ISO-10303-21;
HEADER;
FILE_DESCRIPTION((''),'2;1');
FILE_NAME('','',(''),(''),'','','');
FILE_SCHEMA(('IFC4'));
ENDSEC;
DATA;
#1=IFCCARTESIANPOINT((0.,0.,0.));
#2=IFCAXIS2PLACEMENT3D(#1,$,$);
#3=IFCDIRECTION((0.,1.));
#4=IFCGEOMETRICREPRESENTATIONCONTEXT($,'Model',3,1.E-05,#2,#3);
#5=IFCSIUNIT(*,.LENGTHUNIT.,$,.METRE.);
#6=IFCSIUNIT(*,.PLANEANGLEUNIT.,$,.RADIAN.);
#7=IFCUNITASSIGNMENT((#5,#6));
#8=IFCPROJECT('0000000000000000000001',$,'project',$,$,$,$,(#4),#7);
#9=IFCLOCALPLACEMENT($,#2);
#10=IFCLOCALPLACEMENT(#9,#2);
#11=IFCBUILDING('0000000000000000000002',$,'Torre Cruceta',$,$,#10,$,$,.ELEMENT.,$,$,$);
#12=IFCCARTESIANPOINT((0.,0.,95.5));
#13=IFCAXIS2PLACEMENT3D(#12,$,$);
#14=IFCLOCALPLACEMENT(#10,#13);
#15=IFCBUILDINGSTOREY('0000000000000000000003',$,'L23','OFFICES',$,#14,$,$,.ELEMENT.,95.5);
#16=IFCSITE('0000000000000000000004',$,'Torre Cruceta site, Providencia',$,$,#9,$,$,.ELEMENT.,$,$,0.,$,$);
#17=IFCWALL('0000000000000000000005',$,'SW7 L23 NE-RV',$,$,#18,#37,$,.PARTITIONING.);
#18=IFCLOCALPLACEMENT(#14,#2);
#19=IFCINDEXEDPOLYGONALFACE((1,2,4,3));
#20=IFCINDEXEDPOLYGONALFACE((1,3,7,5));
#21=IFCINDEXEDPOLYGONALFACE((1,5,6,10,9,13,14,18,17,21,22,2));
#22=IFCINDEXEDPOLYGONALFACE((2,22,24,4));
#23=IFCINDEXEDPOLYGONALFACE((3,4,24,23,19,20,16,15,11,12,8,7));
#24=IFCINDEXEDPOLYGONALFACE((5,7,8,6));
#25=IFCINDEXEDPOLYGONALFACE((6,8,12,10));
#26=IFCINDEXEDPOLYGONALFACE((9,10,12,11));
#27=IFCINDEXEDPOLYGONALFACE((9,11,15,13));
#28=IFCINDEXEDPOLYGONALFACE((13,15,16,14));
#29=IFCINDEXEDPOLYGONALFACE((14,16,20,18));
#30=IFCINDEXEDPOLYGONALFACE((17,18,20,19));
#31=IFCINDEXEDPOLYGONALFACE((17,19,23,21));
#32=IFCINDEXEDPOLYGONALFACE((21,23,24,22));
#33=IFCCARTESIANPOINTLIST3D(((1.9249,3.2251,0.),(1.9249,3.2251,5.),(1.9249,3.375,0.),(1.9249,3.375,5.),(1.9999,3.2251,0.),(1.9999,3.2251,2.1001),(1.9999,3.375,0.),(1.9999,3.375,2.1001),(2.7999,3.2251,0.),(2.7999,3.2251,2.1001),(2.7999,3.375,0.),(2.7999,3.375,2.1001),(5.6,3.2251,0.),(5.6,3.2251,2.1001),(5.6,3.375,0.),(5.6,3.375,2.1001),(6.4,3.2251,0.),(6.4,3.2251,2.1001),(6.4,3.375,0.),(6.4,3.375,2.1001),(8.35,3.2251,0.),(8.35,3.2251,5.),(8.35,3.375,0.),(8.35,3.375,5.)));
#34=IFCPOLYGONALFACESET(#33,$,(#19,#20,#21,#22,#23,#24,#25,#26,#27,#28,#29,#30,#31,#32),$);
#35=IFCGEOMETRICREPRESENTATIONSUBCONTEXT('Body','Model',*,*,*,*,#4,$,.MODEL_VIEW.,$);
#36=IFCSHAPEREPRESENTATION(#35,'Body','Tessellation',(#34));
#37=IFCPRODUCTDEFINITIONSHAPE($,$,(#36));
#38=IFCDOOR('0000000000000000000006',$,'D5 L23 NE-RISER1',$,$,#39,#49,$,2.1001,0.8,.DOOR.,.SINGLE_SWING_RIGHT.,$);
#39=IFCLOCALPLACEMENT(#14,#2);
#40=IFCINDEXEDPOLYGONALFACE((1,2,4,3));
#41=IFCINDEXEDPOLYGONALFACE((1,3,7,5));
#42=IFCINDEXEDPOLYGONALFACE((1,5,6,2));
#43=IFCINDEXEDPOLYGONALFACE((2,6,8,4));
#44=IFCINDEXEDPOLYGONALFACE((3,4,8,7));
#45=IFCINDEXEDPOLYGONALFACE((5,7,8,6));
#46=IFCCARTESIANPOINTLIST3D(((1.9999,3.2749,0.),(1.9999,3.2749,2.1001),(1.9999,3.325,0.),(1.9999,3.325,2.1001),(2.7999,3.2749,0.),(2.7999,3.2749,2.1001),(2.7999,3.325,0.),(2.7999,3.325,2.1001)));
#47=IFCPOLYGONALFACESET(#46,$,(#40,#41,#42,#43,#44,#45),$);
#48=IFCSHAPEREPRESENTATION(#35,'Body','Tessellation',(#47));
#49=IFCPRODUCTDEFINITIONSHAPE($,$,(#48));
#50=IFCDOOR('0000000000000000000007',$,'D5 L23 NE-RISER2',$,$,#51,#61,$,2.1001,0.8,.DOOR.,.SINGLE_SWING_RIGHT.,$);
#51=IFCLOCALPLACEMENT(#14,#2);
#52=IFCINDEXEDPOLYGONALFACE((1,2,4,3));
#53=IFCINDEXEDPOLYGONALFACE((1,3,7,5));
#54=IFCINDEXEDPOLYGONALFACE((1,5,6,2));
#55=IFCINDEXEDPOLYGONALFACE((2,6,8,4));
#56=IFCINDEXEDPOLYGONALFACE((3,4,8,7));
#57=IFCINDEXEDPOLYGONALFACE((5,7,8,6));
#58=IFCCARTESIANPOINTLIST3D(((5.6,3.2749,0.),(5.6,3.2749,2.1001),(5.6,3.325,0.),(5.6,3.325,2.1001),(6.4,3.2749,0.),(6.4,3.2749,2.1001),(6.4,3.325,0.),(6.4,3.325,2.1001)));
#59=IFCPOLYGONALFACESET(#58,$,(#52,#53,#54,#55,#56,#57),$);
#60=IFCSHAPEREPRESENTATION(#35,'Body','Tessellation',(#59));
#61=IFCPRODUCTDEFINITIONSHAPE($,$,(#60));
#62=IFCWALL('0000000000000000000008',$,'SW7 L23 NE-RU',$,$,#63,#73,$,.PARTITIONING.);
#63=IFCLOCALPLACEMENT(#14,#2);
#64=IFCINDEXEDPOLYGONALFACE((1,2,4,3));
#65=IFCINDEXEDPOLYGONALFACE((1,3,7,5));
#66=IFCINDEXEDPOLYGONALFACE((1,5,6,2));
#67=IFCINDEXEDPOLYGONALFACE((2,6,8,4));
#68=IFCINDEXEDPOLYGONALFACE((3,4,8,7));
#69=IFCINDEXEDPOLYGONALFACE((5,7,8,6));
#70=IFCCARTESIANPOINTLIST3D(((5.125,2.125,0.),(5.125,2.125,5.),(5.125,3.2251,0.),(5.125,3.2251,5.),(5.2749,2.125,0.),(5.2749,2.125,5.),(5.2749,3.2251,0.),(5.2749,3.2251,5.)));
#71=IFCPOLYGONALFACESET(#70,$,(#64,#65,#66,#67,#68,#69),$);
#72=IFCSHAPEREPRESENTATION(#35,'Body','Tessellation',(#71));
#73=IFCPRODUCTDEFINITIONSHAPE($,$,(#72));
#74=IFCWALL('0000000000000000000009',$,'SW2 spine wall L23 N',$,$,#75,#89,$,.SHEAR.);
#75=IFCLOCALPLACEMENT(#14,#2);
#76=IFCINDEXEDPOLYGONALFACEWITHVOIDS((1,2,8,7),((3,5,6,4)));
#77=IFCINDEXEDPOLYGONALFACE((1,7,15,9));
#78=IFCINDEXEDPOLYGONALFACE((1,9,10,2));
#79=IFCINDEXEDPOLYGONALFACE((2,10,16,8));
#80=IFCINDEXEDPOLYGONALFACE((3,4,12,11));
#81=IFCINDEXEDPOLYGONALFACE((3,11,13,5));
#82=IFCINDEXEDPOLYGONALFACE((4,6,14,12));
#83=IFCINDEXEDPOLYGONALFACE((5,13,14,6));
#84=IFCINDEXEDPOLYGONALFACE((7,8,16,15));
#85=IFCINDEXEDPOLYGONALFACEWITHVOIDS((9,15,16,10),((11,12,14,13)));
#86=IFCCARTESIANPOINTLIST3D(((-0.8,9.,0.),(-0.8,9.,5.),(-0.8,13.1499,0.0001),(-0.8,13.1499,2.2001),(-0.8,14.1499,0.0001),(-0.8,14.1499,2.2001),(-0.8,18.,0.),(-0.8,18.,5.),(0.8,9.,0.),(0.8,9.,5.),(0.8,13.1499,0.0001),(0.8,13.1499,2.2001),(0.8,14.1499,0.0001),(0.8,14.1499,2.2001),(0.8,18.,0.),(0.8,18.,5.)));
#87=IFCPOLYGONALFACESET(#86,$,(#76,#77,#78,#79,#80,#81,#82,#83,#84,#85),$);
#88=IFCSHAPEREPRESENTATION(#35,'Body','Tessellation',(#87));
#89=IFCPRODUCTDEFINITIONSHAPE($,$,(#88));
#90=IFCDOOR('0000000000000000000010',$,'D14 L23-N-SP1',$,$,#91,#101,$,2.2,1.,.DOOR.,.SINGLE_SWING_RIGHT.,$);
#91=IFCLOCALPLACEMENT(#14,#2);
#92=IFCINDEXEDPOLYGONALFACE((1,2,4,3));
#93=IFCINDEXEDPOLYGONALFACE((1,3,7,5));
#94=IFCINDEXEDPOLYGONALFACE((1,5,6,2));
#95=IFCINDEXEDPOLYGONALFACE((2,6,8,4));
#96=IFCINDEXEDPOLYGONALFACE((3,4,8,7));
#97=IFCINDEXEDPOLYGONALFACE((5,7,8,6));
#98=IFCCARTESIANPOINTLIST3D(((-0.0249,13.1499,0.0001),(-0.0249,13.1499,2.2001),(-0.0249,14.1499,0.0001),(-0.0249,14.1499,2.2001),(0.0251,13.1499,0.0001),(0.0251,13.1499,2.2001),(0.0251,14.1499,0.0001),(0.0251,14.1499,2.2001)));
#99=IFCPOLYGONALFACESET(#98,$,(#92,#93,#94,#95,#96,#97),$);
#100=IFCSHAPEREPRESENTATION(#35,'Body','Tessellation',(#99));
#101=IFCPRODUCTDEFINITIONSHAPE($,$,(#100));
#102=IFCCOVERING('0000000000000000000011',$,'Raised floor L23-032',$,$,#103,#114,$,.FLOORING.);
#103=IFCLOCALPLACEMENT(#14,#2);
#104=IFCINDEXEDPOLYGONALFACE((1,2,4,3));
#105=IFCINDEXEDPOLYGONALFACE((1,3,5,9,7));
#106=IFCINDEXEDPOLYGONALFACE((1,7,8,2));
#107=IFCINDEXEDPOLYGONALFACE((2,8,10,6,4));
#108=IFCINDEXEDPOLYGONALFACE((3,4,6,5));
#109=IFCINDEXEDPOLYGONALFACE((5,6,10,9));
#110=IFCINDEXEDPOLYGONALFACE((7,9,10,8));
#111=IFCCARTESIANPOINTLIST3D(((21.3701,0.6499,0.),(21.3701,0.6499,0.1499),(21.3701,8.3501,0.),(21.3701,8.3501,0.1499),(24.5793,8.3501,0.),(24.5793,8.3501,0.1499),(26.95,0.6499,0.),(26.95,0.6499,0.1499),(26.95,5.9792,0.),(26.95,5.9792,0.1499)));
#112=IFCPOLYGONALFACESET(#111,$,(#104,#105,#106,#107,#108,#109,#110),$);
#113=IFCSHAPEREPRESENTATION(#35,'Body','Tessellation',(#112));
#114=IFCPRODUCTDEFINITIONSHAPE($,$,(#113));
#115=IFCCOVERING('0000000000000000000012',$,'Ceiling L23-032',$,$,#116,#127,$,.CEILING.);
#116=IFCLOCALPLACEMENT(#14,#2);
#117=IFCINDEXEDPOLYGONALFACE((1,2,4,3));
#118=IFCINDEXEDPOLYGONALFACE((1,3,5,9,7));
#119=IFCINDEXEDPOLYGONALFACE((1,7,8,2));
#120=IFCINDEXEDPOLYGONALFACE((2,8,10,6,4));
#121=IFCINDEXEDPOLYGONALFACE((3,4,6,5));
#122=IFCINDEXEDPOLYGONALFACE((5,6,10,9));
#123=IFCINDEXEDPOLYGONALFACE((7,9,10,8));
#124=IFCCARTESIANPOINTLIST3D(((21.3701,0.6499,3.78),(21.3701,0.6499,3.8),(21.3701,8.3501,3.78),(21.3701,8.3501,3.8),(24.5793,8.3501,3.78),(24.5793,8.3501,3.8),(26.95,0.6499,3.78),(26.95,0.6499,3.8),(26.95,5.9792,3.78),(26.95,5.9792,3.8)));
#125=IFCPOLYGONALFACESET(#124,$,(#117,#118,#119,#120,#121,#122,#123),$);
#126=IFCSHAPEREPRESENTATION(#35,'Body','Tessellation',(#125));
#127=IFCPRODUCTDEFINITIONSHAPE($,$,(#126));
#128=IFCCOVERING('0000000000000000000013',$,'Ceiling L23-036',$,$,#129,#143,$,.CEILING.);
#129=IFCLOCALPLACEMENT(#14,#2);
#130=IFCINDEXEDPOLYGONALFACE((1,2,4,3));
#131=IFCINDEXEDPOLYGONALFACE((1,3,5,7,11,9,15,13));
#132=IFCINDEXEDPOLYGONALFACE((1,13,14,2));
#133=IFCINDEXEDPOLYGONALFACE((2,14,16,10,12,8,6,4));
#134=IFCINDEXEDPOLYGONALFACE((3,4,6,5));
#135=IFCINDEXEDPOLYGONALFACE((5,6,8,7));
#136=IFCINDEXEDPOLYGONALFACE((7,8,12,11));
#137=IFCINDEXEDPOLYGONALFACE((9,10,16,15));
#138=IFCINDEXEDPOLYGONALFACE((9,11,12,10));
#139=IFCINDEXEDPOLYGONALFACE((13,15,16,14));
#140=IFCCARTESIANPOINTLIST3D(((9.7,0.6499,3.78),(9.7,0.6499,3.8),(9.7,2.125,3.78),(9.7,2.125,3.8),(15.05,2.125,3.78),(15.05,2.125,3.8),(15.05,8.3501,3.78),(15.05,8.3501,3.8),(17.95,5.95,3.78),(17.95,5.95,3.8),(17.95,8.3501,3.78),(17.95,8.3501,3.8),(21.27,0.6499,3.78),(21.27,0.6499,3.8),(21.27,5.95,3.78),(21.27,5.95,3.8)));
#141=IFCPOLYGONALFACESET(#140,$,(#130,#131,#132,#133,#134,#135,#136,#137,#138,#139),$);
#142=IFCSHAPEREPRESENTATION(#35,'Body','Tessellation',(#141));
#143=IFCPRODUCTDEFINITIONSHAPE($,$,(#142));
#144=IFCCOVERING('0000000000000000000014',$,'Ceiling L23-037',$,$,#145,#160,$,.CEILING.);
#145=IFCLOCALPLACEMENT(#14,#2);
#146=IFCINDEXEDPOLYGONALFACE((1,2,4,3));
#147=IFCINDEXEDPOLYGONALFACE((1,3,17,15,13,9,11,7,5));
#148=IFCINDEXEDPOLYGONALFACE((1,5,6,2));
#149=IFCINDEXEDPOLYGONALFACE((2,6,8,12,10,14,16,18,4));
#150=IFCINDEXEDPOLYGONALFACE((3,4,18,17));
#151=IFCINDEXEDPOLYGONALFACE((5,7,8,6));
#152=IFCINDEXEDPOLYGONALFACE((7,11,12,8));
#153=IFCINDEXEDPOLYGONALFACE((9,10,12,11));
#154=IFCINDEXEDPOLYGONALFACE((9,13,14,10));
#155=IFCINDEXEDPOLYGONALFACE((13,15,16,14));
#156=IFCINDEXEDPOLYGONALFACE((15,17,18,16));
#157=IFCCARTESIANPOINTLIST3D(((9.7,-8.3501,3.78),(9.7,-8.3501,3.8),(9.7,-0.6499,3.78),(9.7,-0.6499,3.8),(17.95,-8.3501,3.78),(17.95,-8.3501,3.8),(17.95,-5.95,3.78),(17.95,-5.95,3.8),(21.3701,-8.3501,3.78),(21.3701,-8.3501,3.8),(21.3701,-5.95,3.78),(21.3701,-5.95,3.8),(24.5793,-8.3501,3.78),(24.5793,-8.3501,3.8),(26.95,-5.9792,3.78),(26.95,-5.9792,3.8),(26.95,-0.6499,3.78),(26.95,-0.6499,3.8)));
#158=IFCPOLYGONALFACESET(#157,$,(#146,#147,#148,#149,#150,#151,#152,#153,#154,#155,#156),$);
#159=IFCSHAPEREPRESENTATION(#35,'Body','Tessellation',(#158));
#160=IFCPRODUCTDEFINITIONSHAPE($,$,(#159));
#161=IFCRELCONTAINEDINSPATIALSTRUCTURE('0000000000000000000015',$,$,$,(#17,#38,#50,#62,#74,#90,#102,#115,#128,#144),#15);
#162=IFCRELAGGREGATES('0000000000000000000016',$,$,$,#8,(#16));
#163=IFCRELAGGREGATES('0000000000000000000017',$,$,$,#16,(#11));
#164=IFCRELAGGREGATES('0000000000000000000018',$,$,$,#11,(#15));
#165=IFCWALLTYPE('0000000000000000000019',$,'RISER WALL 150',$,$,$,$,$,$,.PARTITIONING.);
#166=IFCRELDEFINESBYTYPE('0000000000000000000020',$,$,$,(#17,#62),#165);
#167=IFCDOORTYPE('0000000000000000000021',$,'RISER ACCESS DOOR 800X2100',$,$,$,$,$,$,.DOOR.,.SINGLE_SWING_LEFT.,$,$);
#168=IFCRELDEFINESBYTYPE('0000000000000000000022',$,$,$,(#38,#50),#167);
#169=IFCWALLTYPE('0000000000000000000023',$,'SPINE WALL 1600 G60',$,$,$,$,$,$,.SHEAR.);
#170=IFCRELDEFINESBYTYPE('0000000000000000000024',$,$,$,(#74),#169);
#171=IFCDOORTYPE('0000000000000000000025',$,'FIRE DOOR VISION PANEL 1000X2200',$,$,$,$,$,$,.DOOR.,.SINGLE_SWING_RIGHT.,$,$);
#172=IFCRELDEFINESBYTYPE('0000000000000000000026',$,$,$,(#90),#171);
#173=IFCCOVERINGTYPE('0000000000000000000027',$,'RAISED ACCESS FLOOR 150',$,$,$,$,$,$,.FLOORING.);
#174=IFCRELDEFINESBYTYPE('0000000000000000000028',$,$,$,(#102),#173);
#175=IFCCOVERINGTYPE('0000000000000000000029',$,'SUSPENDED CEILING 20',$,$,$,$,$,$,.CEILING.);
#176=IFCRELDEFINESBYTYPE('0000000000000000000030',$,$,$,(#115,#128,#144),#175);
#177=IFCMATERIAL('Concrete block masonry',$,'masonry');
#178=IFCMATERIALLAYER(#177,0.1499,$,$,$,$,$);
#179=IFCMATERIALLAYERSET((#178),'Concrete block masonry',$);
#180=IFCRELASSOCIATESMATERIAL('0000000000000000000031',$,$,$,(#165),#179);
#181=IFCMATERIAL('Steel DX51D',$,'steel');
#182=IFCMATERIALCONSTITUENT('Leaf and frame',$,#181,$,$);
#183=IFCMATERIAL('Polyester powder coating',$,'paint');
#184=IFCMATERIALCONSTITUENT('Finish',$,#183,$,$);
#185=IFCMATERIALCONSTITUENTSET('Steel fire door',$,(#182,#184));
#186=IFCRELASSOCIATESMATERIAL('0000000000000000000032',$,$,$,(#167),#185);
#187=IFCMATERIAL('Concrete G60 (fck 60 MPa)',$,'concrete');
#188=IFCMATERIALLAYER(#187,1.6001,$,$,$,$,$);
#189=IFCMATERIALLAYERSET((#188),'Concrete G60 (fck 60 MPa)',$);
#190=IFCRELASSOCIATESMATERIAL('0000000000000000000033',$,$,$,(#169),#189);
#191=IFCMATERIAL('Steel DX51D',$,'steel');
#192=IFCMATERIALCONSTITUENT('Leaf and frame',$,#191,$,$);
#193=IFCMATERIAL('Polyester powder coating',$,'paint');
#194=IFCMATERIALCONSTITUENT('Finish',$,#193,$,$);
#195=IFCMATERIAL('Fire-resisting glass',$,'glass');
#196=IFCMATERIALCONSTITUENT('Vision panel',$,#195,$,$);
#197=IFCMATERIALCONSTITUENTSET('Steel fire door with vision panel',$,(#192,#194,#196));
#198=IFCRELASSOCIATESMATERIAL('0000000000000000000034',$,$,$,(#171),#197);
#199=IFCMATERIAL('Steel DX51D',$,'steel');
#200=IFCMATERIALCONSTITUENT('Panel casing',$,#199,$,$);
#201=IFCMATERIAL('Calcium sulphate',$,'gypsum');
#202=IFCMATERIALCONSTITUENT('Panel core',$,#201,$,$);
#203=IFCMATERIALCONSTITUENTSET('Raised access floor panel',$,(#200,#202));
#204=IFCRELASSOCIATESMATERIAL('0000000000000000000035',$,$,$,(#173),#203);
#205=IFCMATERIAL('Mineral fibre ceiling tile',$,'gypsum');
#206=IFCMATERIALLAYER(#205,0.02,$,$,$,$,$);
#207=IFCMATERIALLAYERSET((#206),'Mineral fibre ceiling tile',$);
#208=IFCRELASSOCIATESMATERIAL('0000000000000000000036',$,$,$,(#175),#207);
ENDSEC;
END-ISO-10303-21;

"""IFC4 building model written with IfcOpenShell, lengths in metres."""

from ifc_helpers import new_model, si_unit, direction, frame, frame_2d, origin, place, context, subcontext, project, spatial, polyline, rectangle, outline, extrude, material, layer, layer_set, constituent, constituent_set, type_object, element, fill, save


model = new_model("IFC4")

# Units and contexts
model_context = context("Model", 3, precision=1e-05, world=origin(), true_north=direction((0.0, 1.0)))
body_context = subcontext(model_context, "Body", "Model", "MODEL_VIEW")
ifc_project = project(units=[si_unit("LENGTHUNIT", "METRE"), si_unit("PLANEANGLEUNIT", "RADIAN")], contexts=[model_context])

# Site, building, storey
site_placement = place(None, origin())
site = spatial("IfcSite", under=ifc_project, at=site_placement, Name="Torre Cruceta site, Providencia", CompositionType="ELEMENT", RefElevation=0.0)
building_placement = place(site_placement, origin())
building = spatial("IfcBuilding", under=site, at=building_placement, Name="Torre Cruceta", CompositionType="ELEMENT")
storey_placement = place(building_placement, frame((0.0, 0.0, 95.5)))
storey = spatial("IfcBuildingStorey", under=building, at=storey_placement, Name="L23", Description="OFFICES", CompositionType="ELEMENT", Elevation=95.5)

# Wall, openings, doors
ifc_material_1 = material(Name="Concrete block masonry", Category="masonry")
ifc_layer_1 = layer(ifc_material_1, 0.1499)
ifc_layer_set_1 = layer_set([ifc_layer_1], Name="Concrete block masonry")
wall_type_1 = type_object("IfcWallType", Name="RISER WALL 150", PredefinedType="PARTITIONING", material=ifc_layer_set_1)
wall_1_placement = place(storey_placement, frame((1.925, 3.3, 0.0), z_axis=(0.0, 0.0, 1.0), x_axis=(1.0, 0.0, 0.0)))
wall_1 = element("IfcWall", 1, at=wall_1_placement, inside=storey, type_object=wall_type_1, Name="SW7 L23 NE-RV", PredefinedType="PARTITIONING", context=body_context, shape_type="SweptSolid", body=[
    extrude(rectangle(XDim=6.425, YDim=0.1499, at=frame_2d((3.2124, 0.0))), origin(), (0.0, 0.0, 1.0), 5.0),
])
opening_1_placement = place(wall_1_placement, frame((0.075, 0.0, 0.0)))
opening_1 = element("IfcOpeningElement", 2, at=opening_1_placement, cuts=wall_1, PredefinedType="OPENING", context=body_context, shape_type="SweptSolid", body=[
    extrude(rectangle(XDim=0.8, YDim=2.1001, at=frame_2d((0.3999, 1.05))), frame((0.0, 0.085, 0.0), z_axis=(0.0, -1.0, 0.0), x_axis=(1.0, 0.0, 0.0)), (0.0, 0.0, 1.0), 0.1699),
])
opening_2_placement = place(wall_1_placement, frame((3.675, 0.0, 0.0)))
opening_2 = element("IfcOpeningElement", 3, at=opening_2_placement, cuts=wall_1, PredefinedType="OPENING", context=body_context, shape_type="SweptSolid", body=[
    extrude(rectangle(XDim=0.8, YDim=2.1001, at=frame_2d((0.3999, 1.05))), frame((0.0, 0.085, 0.0), z_axis=(0.0, -1.0, 0.0), x_axis=(1.0, 0.0, 0.0)), (0.0, 0.0, 1.0), 0.1699),
])
ifc_material_2 = material(Name="Steel DX51D", Category="steel")
ifc_constituent_1 = constituent(ifc_material_2, Name="Leaf and frame")
ifc_material_3 = material(Name="Polyester powder coating", Category="paint")
ifc_constituent_2 = constituent(ifc_material_3, Name="Finish")
ifc_constituent_set_1 = constituent_set(constituents=[ifc_constituent_1, ifc_constituent_2], Name="Steel fire door")
door_type_1 = type_object("IfcDoorType", Name="RISER ACCESS DOOR 800X2100", OperationType="SINGLE_SWING_LEFT", PredefinedType="DOOR", material=ifc_constituent_set_1)
door_1_placement = place(opening_1_placement, frame((0.8, 0.0, 0.0), z_axis=(0.0, 0.0, 1.0), x_axis=(-1.0, 0.0, 0.0)))
door_1 = element("IfcDoor", 4, at=door_1_placement, inside=storey, type_object=door_type_1, Name="D5 L23 NE-RISER1", OperationType="SINGLE_SWING_RIGHT", OverallHeight=2.1001, OverallWidth=0.8, PredefinedType="DOOR", context=body_context, shape_type="SweptSolid", body=[
    extrude(rectangle(XDim=0.8, YDim=2.1001, at=frame_2d((0.4001, 1.05))), frame((0.0, 0.0251, 0.0), z_axis=(0.0, -1.0, 0.0), x_axis=(1.0, 0.0, 0.0)), (0.0, 0.0, 1.0), 0.05),
])
fill(opening_1, door_1)
door_2_placement = place(opening_2_placement, frame((0.8, 0.0, 0.0), z_axis=(0.0, 0.0, 1.0), x_axis=(-1.0, 0.0, 0.0)))
door_2 = element("IfcDoor", 5, at=door_2_placement, inside=storey, type_object=door_type_1, Name="D5 L23 NE-RISER2", OperationType="SINGLE_SWING_RIGHT", OverallHeight=2.1001, OverallWidth=0.8, PredefinedType="DOOR", context=body_context, shape_type="SweptSolid", body=[
    extrude(rectangle(XDim=0.8, YDim=2.1001, at=frame_2d((0.4001, 1.05))), frame((0.0, 0.0251, 0.0), z_axis=(0.0, -1.0, 0.0), x_axis=(1.0, 0.0, 0.0)), (0.0, 0.0, 1.0), 0.05),
])
fill(opening_2, door_2)

# Wall
wall_2_placement = place(storey_placement, frame((5.2, 2.125, 0.0), z_axis=(0.0, 0.0, 1.0), x_axis=(0.0, 1.0, 0.0)))
element("IfcWall", 6, at=wall_2_placement, inside=storey, type_object=wall_type_1, Name="SW7 L23 NE-RU", PredefinedType="PARTITIONING", context=body_context, shape_type="SweptSolid", body=[
    extrude(rectangle(XDim=1.1001, YDim=0.1499, at=frame_2d((0.55, 0.0))), origin(), (0.0, 0.0, 1.0), 5.0),
])

# Wall, opening, door
ifc_material_4 = material(Name="Concrete G60 (fck 60 MPa)", Category="concrete")
ifc_layer_2 = layer(ifc_material_4, 1.6001)
ifc_layer_set_2 = layer_set([ifc_layer_2], Name="Concrete G60 (fck 60 MPa)")
wall_type_2 = type_object("IfcWallType", Name="SPINE WALL 1600 G60", PredefinedType="SHEAR", material=ifc_layer_set_2)
wall_3_placement = place(storey_placement, frame((0.0, 9.0, 0.0), z_axis=(0.0, 0.0, 1.0), x_axis=(0.0, 1.0, 0.0)))
wall_3 = element("IfcWall", 7, at=wall_3_placement, inside=storey, type_object=wall_type_2, Name="SW2 spine wall L23 N", PredefinedType="SHEAR", context=body_context, shape_type="SweptSolid", body=[
    extrude(rectangle(XDim=9.0, YDim=1.6001, at=frame_2d((4.5, 0.0))), origin(), (0.0, 0.0, 1.0), 5.0),
])
opening_3_placement = place(wall_3_placement, frame((4.1499, 0.0, 0.0)))
opening_3 = element("IfcOpeningElement", 8, at=opening_3_placement, cuts=wall_3, PredefinedType="OPENING", context=body_context, shape_type="SweptSolid", body=[
    extrude(rectangle(XDim=1.0, YDim=2.2, at=frame_2d((0.5, 1.1001))), frame((0.0, 0.8101, 0.0), z_axis=(0.0, -1.0, 0.0), x_axis=(1.0, 0.0, 0.0)), (0.0, 0.0, 1.0), 1.6201),
])
ifc_material_5 = material(Name="Steel DX51D", Category="steel")
ifc_constituent_3 = constituent(ifc_material_5, Name="Leaf and frame")
ifc_material_6 = material(Name="Polyester powder coating", Category="paint")
ifc_constituent_4 = constituent(ifc_material_6, Name="Finish")
ifc_material_7 = material(Name="Fire-resisting glass", Category="glass")
ifc_constituent_5 = constituent(ifc_material_7, Name="Vision panel")
ifc_constituent_set_2 = constituent_set(constituents=[ifc_constituent_3, ifc_constituent_4, ifc_constituent_5], Name="Steel fire door with vision panel")
door_type_2 = type_object("IfcDoorType", Name="FIRE DOOR VISION PANEL 1000X2200", OperationType="SINGLE_SWING_RIGHT", PredefinedType="DOOR", material=ifc_constituent_set_2)
door_3_placement = place(opening_3_placement, origin())
door_3 = element("IfcDoor", 9, at=door_3_placement, inside=storey, type_object=door_type_2, Name="D14 L23-N-SP1", OperationType="SINGLE_SWING_RIGHT", OverallHeight=2.2, OverallWidth=1.0, PredefinedType="DOOR", context=body_context, shape_type="SweptSolid", body=[
    extrude(rectangle(XDim=1.0, YDim=2.2, at=frame_2d((0.5, 1.1001))), frame((0.0, 0.0249, 0.0), z_axis=(0.0, -1.0, 0.0), x_axis=(1.0, 0.0, 0.0)), (0.0, 0.0, 1.0), 0.05),
])
fill(opening_3, door_3)

# Coverings
ifc_material_8 = material(Name="Steel DX51D", Category="steel")
ifc_constituent_6 = constituent(ifc_material_8, Name="Panel casing")
ifc_material_9 = material(Name="Calcium sulphate", Category="gypsum")
ifc_constituent_7 = constituent(ifc_material_9, Name="Panel core")
ifc_constituent_set_3 = constituent_set(constituents=[ifc_constituent_6, ifc_constituent_7], Name="Raised access floor panel")
covering_type_1 = type_object("IfcCoveringType", Name="RAISED ACCESS FLOOR 150", PredefinedType="FLOORING", material=ifc_constituent_set_3)
covering_1_placement = place(storey_placement, origin())
element("IfcCovering", 10, at=covering_1_placement, inside=storey, type_object=covering_type_1, Name="Raised floor L23-032", PredefinedType="FLOORING", context=body_context, shape_type="SweptSolid", body=[
    extrude(outline(polyline([(26.95, 0.6499), (21.3701, 0.6499), (21.3701, 8.3501), (24.5793, 8.3501), (26.95, 5.9792), (26.95, 0.6499)])), origin(), (0.0, 0.0, 1.0), 0.1499),
])
ifc_material_10 = material(Name="Mineral fibre ceiling tile", Category="gypsum")
ifc_layer_3 = layer(ifc_material_10, 0.02)
ifc_layer_set_3 = layer_set([ifc_layer_3], Name="Mineral fibre ceiling tile")
covering_type_2 = type_object("IfcCoveringType", Name="SUSPENDED CEILING 20", PredefinedType="CEILING", material=ifc_layer_set_3)
covering_2_placement = place(storey_placement, frame((0.0, 0.0, 3.78)))
element("IfcCovering", 11, at=covering_2_placement, inside=storey, type_object=covering_type_2, Name="Ceiling L23-032", PredefinedType="CEILING", context=body_context, shape_type="SweptSolid", body=[
    extrude(outline(polyline([(26.95, 0.6499), (21.3701, 0.6499), (21.3701, 8.3501), (24.5793, 8.3501), (26.95, 5.9792), (26.95, 0.6499)])), origin(), (0.0, 0.0, 1.0), 0.02),
])
covering_3_placement = place(storey_placement, frame((0.0, 0.0, 3.78)))
element("IfcCovering", 12, at=covering_3_placement, inside=storey, type_object=covering_type_2, Name="Ceiling L23-036", PredefinedType="CEILING", context=body_context, shape_type="SweptSolid", body=[
    extrude(outline(polyline([(9.7, 2.125), (15.05, 2.125), (15.05, 8.3501), (17.95, 8.3501), (17.95, 5.95), (21.27, 5.95), (21.27, 0.6499), (9.7, 0.6499), (9.7, 2.125)])), origin(), (0.0, 0.0, 1.0), 0.02),
])
covering_4_placement = place(storey_placement, frame((0.0, 0.0, 3.78)))
element("IfcCovering", 13, at=covering_4_placement, inside=storey, type_object=covering_type_2, Name="Ceiling L23-037", PredefinedType="CEILING", context=body_context, shape_type="SweptSolid", body=[
    extrude(outline(polyline([(17.95, -5.95), (17.95, -8.3501), (9.7, -8.3501), (9.7, -0.6499), (26.95, -0.6499), (26.95, -5.9792), (24.5793, -8.3501), (21.3701, -8.3501), (21.3701, -5.95), (17.95, -5.95)])), origin(), (0.0, 0.0, 1.0), 0.02),
])

save(model, "model.ifc")
